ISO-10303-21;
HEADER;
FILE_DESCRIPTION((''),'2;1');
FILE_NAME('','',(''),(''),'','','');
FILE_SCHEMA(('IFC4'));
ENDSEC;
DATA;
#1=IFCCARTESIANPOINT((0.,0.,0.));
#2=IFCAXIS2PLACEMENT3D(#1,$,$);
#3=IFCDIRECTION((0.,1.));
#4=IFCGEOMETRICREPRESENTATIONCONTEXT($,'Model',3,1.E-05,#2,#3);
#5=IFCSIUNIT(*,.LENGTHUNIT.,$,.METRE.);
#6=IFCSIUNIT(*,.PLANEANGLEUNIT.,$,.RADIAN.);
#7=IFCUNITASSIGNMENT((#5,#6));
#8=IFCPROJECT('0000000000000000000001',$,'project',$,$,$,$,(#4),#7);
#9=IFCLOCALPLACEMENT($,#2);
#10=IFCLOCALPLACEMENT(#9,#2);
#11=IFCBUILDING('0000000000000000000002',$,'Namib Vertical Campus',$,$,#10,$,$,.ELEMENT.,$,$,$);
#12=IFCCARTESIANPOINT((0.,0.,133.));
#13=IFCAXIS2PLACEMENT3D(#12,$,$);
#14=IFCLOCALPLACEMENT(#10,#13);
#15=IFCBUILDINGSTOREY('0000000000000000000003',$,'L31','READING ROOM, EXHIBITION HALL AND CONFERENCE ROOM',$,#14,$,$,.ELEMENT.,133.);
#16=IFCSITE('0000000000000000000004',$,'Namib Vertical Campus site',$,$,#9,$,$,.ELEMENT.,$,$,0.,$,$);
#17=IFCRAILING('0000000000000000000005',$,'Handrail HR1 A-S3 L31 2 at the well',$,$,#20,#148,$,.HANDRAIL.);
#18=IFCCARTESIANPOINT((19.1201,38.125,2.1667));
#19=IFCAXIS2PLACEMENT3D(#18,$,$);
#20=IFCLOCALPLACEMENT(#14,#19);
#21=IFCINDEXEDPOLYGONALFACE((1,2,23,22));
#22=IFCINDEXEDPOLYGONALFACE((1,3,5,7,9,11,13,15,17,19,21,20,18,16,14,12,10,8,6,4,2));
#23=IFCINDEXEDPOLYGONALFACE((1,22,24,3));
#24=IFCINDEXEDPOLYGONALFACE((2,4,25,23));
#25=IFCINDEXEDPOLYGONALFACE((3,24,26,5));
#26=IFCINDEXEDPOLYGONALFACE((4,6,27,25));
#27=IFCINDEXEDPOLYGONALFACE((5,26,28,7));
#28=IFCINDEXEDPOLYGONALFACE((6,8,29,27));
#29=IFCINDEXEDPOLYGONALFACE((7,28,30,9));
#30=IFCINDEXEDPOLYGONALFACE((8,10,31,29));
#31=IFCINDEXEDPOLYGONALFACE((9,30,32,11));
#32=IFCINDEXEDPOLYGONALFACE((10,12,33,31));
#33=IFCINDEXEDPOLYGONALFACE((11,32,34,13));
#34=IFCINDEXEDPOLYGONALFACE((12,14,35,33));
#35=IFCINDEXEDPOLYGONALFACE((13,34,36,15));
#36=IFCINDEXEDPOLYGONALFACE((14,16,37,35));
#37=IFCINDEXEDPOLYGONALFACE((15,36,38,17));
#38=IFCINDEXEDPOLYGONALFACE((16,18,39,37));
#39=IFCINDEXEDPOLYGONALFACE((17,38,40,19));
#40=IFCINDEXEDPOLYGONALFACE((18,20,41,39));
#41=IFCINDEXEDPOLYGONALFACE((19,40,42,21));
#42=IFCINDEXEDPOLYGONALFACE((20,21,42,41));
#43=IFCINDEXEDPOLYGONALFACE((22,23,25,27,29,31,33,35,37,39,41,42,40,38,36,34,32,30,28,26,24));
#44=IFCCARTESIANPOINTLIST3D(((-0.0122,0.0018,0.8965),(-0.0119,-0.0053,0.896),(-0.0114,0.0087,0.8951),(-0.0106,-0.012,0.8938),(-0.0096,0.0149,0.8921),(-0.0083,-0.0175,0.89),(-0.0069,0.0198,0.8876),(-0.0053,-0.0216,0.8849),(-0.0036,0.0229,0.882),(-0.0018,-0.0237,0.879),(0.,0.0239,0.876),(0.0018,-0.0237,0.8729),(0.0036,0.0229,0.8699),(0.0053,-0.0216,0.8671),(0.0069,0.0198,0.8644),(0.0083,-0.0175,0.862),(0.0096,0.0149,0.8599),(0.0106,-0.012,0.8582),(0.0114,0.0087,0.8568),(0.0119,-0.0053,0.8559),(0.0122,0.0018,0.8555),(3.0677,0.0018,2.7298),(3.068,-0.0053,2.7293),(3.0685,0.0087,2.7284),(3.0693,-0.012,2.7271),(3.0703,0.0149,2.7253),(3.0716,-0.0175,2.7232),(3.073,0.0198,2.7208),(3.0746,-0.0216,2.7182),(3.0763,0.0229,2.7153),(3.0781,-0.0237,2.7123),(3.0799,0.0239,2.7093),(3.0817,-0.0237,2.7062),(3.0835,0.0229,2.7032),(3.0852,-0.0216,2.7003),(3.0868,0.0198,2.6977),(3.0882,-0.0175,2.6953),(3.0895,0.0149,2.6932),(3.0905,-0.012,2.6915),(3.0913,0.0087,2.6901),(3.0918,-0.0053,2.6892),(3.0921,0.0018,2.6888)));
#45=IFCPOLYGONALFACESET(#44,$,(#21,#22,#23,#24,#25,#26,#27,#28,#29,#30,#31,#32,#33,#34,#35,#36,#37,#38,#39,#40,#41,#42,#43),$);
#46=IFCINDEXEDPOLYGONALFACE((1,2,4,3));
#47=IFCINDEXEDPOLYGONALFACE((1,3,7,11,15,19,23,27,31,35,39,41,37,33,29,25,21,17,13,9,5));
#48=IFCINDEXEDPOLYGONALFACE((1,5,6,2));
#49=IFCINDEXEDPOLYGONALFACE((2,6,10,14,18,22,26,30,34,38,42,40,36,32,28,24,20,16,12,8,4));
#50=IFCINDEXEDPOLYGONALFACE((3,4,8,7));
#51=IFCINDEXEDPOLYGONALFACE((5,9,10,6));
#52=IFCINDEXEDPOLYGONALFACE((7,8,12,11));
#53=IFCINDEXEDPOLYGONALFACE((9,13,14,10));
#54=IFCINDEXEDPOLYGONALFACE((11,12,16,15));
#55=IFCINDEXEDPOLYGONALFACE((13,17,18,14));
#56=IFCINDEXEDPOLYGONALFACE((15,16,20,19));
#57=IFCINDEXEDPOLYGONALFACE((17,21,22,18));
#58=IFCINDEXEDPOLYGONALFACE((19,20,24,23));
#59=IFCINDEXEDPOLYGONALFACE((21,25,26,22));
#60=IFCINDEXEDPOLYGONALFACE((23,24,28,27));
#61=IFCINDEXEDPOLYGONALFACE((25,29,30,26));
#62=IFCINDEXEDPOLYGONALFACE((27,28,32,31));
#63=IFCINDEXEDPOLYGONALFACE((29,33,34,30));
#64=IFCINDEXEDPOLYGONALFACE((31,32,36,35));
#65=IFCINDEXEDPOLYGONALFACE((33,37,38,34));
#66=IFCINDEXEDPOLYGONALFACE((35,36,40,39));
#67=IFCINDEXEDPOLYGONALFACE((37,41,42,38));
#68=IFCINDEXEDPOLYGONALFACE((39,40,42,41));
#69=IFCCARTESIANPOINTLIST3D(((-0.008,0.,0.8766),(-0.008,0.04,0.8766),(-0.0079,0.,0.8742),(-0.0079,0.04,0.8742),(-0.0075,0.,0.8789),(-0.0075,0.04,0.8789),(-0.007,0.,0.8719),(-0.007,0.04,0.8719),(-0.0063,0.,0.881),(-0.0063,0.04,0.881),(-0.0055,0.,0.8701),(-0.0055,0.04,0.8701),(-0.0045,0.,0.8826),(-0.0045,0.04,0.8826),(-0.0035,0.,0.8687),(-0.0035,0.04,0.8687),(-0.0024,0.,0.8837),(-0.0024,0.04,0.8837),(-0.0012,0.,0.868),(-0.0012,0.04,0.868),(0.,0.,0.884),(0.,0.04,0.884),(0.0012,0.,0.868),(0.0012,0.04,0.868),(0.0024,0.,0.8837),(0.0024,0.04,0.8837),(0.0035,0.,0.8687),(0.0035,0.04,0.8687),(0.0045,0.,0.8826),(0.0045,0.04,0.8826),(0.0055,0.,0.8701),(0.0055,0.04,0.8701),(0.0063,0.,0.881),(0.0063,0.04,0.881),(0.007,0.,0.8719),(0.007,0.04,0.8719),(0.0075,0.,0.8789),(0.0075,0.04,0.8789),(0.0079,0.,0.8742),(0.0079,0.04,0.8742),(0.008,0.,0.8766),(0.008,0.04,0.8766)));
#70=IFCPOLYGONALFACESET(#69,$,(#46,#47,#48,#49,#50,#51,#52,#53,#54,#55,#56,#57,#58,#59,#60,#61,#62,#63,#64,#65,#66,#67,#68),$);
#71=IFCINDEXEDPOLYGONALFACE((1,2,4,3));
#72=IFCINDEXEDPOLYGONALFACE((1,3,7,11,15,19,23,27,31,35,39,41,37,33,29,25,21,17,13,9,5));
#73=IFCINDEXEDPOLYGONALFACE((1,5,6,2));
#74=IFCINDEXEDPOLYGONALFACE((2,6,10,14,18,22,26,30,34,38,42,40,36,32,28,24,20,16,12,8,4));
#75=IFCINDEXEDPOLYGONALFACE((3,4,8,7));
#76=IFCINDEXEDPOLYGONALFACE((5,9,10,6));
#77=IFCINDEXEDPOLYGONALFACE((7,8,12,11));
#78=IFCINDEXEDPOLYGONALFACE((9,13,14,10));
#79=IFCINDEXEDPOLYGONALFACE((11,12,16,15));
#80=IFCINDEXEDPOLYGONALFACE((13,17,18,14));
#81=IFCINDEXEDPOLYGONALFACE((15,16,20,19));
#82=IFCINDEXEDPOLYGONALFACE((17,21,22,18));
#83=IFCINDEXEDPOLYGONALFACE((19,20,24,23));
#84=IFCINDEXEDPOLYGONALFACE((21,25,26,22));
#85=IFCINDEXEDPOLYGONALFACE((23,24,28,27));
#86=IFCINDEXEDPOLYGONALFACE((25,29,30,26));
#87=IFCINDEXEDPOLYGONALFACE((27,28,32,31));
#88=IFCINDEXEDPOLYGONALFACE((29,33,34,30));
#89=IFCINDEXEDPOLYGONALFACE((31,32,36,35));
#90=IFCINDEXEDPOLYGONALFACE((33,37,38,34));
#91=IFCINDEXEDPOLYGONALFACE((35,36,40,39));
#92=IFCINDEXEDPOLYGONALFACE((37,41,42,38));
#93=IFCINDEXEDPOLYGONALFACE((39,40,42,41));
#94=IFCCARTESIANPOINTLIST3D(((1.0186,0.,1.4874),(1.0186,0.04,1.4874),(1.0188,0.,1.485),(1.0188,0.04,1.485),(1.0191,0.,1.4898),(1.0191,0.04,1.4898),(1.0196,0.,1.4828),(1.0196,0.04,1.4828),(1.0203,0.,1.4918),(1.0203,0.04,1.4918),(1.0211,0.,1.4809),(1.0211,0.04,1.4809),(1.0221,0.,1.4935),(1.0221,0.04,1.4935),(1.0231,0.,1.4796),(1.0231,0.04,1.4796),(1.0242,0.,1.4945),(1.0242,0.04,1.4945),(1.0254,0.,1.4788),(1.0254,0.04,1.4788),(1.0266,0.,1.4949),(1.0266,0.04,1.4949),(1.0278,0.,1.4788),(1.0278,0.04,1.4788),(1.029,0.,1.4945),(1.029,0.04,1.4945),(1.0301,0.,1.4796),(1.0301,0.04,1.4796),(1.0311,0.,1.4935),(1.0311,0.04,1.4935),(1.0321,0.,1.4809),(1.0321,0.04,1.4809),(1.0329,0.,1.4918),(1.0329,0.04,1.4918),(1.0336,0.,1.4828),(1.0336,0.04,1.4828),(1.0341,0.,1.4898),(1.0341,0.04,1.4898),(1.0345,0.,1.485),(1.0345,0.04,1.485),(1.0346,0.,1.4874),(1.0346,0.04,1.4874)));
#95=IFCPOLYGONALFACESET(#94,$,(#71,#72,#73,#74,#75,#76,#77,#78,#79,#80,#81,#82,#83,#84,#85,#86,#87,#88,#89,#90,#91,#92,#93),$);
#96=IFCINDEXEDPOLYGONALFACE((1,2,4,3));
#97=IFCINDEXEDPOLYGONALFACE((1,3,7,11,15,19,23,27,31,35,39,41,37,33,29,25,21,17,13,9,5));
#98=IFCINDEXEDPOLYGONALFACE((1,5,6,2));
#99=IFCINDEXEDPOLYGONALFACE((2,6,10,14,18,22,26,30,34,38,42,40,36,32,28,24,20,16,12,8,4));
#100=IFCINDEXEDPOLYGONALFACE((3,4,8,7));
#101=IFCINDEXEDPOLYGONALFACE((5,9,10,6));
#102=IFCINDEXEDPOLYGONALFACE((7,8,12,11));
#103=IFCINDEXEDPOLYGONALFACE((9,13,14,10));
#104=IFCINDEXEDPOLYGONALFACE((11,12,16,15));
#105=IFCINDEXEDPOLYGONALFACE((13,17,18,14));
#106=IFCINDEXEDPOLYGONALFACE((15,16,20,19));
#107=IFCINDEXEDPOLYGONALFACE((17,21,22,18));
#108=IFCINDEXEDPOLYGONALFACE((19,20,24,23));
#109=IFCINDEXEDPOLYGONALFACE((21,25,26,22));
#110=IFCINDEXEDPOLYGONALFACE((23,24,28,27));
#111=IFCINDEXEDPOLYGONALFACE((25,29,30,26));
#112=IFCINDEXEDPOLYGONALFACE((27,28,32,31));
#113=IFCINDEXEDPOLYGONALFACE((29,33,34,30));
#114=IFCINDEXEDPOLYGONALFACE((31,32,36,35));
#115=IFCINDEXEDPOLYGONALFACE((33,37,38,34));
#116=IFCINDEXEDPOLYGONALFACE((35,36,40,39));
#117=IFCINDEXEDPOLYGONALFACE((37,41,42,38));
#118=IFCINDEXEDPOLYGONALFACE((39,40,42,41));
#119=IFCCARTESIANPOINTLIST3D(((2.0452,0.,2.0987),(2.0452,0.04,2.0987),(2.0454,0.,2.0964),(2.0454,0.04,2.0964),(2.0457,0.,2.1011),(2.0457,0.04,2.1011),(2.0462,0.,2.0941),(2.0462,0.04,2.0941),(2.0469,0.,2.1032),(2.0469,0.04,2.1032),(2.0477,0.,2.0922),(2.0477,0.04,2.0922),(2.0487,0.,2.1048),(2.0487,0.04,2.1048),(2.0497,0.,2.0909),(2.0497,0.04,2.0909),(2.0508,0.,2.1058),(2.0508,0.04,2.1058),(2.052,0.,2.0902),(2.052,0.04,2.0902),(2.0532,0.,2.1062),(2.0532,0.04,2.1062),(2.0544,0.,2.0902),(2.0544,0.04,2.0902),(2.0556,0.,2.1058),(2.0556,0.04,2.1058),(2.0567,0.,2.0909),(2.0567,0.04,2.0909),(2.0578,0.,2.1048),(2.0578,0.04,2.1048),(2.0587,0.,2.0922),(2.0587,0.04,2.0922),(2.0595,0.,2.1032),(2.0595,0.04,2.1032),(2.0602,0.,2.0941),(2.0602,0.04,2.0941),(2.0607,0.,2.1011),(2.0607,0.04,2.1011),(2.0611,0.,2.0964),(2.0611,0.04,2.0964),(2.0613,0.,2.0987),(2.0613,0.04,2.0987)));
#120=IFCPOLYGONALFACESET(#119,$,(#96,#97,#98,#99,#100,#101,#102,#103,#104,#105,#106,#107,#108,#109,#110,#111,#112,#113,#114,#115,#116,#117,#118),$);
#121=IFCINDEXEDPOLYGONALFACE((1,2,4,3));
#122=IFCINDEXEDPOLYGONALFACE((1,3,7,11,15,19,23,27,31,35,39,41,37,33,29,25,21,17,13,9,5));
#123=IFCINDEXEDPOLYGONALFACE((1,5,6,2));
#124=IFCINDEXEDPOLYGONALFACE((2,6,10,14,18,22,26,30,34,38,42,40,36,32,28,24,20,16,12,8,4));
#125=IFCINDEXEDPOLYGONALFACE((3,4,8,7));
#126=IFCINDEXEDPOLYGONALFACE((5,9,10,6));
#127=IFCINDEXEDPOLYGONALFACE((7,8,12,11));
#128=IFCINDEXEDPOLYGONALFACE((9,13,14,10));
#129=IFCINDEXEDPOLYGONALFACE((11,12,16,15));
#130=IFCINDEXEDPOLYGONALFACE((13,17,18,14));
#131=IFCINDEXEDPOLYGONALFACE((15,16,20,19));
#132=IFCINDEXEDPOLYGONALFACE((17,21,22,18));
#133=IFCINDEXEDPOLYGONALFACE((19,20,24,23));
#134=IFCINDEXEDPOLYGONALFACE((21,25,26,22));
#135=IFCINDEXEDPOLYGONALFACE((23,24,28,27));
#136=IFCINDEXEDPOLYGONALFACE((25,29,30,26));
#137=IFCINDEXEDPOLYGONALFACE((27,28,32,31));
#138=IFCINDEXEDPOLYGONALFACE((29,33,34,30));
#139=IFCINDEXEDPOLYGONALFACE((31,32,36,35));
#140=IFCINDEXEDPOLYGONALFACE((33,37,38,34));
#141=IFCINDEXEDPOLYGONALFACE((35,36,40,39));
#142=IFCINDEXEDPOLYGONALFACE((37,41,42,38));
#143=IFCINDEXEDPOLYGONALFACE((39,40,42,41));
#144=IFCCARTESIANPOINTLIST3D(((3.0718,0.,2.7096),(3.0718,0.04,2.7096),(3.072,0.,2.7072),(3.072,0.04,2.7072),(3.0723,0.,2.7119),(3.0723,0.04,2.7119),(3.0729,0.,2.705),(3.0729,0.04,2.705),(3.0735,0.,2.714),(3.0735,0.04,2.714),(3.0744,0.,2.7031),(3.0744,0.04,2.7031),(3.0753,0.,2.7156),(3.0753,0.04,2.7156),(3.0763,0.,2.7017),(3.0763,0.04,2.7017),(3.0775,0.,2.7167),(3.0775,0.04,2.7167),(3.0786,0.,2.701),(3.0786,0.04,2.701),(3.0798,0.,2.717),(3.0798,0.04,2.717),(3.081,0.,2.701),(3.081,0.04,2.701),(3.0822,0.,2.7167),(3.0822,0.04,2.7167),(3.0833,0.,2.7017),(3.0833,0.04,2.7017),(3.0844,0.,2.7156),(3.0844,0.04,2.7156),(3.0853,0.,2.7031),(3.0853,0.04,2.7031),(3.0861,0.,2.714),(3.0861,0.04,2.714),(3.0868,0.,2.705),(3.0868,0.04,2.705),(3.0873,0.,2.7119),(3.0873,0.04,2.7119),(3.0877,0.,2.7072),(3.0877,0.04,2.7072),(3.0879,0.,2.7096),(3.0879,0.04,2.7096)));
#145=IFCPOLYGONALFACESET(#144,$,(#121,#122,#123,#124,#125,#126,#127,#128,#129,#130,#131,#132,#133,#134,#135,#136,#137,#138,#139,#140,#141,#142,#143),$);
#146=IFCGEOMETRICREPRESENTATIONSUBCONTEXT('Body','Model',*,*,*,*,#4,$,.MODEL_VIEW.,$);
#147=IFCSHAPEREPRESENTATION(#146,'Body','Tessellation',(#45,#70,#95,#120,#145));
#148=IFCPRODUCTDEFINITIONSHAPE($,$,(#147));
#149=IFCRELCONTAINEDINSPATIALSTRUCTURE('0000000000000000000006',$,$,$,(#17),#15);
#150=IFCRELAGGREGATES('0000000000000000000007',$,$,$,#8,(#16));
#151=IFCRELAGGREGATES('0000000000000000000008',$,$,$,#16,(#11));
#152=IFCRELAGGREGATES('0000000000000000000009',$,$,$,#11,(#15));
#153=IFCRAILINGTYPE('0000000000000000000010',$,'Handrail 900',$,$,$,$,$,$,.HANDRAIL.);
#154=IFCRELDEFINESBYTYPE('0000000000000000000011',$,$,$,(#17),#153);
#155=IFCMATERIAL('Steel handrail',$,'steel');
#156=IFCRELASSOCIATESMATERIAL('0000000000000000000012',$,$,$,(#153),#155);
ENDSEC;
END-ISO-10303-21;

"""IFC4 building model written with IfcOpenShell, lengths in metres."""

from ifc_helpers import new_model, si_unit, direction, frame, origin, origin_2d, place, context, subcontext, project, spatial, circle, extrude, material, type_object, element, save


model = new_model("IFC4")

# Units and contexts
model_context = context("Model", 3, precision=1e-05, world=origin(), true_north=direction((0.0, 1.0)))
body_context = subcontext(model_context, "Body", "Model", "MODEL_VIEW")
ifc_project = project(units=[si_unit("LENGTHUNIT", "METRE"), si_unit("PLANEANGLEUNIT", "RADIAN")], contexts=[model_context])

# Site, building, storey
site_placement = place(None, origin())
site = spatial("IfcSite", under=ifc_project, at=site_placement, Name="Namib Vertical Campus site", CompositionType="ELEMENT", RefElevation=0.0)
building_placement = place(site_placement, origin())
building = spatial("IfcBuilding", under=site, at=building_placement, Name="Namib Vertical Campus", CompositionType="ELEMENT")
storey_placement = place(building_placement, frame((0.0, 0.0, 133.0)))
storey = spatial("IfcBuildingStorey", under=building, at=storey_placement, Name="L31", Description="READING ROOM, EXHIBITION HALL AND CONFERENCE ROOM", CompositionType="ELEMENT", Elevation=133.0)

# Railing
ifc_material_1 = material(Name="Steel handrail", Category="steel")
railing_type_1 = type_object("IfcRailingType", Name="Handrail 900", PredefinedType="HANDRAIL", material=ifc_material_1)
railing_1_placement = place(storey_placement, frame((19.1201, 38.125, 2.1667)))
element("IfcRailing", 1, at=railing_1_placement, inside=storey, type_object=railing_type_1, Name="Handrail HR1 A-S3 L31 2 at the well", PredefinedType="HANDRAIL", context=body_context, shape_type="SweptSolid", body=[
    extrude(circle(Radius=0.0239, at=origin_2d()), frame((0.0, 0.0, 0.876), z_axis=(0.859291, 0.0, 0.511487), x_axis=(0.0, 1.0, 0.0)), (0.0, 0.0, 1.0), 3.5842),
    extrude(circle(Radius=0.0081, at=origin_2d()), frame((0.0, 0.0, 0.876), z_axis=(0.0, 1.0, 0.0), x_axis=(0.0, 0.0, 1.0)), (0.0, 0.0, 1.0), 0.04),
    extrude(circle(Radius=0.0081, at=origin_2d()), frame((1.0266, 0.0, 1.4868), z_axis=(0.0, 1.0, 0.0), x_axis=(0.0, 0.0, 1.0)), (0.0, 0.0, 1.0), 0.04),
    extrude(circle(Radius=0.0081, at=origin_2d()), frame((2.0532, 0.0, 2.0981), z_axis=(0.0, 1.0, 0.0), x_axis=(0.0, 0.0, 1.0)), (0.0, 0.0, 1.0), 0.04),
    extrude(circle(Radius=0.0081, at=origin_2d()), frame((3.0798, 0.0, 2.709), z_axis=(0.0, 1.0, 0.0), x_axis=(0.0, 0.0, 1.0)), (0.0, 0.0, 1.0), 0.04),
])

save(model, "model.ifc")
